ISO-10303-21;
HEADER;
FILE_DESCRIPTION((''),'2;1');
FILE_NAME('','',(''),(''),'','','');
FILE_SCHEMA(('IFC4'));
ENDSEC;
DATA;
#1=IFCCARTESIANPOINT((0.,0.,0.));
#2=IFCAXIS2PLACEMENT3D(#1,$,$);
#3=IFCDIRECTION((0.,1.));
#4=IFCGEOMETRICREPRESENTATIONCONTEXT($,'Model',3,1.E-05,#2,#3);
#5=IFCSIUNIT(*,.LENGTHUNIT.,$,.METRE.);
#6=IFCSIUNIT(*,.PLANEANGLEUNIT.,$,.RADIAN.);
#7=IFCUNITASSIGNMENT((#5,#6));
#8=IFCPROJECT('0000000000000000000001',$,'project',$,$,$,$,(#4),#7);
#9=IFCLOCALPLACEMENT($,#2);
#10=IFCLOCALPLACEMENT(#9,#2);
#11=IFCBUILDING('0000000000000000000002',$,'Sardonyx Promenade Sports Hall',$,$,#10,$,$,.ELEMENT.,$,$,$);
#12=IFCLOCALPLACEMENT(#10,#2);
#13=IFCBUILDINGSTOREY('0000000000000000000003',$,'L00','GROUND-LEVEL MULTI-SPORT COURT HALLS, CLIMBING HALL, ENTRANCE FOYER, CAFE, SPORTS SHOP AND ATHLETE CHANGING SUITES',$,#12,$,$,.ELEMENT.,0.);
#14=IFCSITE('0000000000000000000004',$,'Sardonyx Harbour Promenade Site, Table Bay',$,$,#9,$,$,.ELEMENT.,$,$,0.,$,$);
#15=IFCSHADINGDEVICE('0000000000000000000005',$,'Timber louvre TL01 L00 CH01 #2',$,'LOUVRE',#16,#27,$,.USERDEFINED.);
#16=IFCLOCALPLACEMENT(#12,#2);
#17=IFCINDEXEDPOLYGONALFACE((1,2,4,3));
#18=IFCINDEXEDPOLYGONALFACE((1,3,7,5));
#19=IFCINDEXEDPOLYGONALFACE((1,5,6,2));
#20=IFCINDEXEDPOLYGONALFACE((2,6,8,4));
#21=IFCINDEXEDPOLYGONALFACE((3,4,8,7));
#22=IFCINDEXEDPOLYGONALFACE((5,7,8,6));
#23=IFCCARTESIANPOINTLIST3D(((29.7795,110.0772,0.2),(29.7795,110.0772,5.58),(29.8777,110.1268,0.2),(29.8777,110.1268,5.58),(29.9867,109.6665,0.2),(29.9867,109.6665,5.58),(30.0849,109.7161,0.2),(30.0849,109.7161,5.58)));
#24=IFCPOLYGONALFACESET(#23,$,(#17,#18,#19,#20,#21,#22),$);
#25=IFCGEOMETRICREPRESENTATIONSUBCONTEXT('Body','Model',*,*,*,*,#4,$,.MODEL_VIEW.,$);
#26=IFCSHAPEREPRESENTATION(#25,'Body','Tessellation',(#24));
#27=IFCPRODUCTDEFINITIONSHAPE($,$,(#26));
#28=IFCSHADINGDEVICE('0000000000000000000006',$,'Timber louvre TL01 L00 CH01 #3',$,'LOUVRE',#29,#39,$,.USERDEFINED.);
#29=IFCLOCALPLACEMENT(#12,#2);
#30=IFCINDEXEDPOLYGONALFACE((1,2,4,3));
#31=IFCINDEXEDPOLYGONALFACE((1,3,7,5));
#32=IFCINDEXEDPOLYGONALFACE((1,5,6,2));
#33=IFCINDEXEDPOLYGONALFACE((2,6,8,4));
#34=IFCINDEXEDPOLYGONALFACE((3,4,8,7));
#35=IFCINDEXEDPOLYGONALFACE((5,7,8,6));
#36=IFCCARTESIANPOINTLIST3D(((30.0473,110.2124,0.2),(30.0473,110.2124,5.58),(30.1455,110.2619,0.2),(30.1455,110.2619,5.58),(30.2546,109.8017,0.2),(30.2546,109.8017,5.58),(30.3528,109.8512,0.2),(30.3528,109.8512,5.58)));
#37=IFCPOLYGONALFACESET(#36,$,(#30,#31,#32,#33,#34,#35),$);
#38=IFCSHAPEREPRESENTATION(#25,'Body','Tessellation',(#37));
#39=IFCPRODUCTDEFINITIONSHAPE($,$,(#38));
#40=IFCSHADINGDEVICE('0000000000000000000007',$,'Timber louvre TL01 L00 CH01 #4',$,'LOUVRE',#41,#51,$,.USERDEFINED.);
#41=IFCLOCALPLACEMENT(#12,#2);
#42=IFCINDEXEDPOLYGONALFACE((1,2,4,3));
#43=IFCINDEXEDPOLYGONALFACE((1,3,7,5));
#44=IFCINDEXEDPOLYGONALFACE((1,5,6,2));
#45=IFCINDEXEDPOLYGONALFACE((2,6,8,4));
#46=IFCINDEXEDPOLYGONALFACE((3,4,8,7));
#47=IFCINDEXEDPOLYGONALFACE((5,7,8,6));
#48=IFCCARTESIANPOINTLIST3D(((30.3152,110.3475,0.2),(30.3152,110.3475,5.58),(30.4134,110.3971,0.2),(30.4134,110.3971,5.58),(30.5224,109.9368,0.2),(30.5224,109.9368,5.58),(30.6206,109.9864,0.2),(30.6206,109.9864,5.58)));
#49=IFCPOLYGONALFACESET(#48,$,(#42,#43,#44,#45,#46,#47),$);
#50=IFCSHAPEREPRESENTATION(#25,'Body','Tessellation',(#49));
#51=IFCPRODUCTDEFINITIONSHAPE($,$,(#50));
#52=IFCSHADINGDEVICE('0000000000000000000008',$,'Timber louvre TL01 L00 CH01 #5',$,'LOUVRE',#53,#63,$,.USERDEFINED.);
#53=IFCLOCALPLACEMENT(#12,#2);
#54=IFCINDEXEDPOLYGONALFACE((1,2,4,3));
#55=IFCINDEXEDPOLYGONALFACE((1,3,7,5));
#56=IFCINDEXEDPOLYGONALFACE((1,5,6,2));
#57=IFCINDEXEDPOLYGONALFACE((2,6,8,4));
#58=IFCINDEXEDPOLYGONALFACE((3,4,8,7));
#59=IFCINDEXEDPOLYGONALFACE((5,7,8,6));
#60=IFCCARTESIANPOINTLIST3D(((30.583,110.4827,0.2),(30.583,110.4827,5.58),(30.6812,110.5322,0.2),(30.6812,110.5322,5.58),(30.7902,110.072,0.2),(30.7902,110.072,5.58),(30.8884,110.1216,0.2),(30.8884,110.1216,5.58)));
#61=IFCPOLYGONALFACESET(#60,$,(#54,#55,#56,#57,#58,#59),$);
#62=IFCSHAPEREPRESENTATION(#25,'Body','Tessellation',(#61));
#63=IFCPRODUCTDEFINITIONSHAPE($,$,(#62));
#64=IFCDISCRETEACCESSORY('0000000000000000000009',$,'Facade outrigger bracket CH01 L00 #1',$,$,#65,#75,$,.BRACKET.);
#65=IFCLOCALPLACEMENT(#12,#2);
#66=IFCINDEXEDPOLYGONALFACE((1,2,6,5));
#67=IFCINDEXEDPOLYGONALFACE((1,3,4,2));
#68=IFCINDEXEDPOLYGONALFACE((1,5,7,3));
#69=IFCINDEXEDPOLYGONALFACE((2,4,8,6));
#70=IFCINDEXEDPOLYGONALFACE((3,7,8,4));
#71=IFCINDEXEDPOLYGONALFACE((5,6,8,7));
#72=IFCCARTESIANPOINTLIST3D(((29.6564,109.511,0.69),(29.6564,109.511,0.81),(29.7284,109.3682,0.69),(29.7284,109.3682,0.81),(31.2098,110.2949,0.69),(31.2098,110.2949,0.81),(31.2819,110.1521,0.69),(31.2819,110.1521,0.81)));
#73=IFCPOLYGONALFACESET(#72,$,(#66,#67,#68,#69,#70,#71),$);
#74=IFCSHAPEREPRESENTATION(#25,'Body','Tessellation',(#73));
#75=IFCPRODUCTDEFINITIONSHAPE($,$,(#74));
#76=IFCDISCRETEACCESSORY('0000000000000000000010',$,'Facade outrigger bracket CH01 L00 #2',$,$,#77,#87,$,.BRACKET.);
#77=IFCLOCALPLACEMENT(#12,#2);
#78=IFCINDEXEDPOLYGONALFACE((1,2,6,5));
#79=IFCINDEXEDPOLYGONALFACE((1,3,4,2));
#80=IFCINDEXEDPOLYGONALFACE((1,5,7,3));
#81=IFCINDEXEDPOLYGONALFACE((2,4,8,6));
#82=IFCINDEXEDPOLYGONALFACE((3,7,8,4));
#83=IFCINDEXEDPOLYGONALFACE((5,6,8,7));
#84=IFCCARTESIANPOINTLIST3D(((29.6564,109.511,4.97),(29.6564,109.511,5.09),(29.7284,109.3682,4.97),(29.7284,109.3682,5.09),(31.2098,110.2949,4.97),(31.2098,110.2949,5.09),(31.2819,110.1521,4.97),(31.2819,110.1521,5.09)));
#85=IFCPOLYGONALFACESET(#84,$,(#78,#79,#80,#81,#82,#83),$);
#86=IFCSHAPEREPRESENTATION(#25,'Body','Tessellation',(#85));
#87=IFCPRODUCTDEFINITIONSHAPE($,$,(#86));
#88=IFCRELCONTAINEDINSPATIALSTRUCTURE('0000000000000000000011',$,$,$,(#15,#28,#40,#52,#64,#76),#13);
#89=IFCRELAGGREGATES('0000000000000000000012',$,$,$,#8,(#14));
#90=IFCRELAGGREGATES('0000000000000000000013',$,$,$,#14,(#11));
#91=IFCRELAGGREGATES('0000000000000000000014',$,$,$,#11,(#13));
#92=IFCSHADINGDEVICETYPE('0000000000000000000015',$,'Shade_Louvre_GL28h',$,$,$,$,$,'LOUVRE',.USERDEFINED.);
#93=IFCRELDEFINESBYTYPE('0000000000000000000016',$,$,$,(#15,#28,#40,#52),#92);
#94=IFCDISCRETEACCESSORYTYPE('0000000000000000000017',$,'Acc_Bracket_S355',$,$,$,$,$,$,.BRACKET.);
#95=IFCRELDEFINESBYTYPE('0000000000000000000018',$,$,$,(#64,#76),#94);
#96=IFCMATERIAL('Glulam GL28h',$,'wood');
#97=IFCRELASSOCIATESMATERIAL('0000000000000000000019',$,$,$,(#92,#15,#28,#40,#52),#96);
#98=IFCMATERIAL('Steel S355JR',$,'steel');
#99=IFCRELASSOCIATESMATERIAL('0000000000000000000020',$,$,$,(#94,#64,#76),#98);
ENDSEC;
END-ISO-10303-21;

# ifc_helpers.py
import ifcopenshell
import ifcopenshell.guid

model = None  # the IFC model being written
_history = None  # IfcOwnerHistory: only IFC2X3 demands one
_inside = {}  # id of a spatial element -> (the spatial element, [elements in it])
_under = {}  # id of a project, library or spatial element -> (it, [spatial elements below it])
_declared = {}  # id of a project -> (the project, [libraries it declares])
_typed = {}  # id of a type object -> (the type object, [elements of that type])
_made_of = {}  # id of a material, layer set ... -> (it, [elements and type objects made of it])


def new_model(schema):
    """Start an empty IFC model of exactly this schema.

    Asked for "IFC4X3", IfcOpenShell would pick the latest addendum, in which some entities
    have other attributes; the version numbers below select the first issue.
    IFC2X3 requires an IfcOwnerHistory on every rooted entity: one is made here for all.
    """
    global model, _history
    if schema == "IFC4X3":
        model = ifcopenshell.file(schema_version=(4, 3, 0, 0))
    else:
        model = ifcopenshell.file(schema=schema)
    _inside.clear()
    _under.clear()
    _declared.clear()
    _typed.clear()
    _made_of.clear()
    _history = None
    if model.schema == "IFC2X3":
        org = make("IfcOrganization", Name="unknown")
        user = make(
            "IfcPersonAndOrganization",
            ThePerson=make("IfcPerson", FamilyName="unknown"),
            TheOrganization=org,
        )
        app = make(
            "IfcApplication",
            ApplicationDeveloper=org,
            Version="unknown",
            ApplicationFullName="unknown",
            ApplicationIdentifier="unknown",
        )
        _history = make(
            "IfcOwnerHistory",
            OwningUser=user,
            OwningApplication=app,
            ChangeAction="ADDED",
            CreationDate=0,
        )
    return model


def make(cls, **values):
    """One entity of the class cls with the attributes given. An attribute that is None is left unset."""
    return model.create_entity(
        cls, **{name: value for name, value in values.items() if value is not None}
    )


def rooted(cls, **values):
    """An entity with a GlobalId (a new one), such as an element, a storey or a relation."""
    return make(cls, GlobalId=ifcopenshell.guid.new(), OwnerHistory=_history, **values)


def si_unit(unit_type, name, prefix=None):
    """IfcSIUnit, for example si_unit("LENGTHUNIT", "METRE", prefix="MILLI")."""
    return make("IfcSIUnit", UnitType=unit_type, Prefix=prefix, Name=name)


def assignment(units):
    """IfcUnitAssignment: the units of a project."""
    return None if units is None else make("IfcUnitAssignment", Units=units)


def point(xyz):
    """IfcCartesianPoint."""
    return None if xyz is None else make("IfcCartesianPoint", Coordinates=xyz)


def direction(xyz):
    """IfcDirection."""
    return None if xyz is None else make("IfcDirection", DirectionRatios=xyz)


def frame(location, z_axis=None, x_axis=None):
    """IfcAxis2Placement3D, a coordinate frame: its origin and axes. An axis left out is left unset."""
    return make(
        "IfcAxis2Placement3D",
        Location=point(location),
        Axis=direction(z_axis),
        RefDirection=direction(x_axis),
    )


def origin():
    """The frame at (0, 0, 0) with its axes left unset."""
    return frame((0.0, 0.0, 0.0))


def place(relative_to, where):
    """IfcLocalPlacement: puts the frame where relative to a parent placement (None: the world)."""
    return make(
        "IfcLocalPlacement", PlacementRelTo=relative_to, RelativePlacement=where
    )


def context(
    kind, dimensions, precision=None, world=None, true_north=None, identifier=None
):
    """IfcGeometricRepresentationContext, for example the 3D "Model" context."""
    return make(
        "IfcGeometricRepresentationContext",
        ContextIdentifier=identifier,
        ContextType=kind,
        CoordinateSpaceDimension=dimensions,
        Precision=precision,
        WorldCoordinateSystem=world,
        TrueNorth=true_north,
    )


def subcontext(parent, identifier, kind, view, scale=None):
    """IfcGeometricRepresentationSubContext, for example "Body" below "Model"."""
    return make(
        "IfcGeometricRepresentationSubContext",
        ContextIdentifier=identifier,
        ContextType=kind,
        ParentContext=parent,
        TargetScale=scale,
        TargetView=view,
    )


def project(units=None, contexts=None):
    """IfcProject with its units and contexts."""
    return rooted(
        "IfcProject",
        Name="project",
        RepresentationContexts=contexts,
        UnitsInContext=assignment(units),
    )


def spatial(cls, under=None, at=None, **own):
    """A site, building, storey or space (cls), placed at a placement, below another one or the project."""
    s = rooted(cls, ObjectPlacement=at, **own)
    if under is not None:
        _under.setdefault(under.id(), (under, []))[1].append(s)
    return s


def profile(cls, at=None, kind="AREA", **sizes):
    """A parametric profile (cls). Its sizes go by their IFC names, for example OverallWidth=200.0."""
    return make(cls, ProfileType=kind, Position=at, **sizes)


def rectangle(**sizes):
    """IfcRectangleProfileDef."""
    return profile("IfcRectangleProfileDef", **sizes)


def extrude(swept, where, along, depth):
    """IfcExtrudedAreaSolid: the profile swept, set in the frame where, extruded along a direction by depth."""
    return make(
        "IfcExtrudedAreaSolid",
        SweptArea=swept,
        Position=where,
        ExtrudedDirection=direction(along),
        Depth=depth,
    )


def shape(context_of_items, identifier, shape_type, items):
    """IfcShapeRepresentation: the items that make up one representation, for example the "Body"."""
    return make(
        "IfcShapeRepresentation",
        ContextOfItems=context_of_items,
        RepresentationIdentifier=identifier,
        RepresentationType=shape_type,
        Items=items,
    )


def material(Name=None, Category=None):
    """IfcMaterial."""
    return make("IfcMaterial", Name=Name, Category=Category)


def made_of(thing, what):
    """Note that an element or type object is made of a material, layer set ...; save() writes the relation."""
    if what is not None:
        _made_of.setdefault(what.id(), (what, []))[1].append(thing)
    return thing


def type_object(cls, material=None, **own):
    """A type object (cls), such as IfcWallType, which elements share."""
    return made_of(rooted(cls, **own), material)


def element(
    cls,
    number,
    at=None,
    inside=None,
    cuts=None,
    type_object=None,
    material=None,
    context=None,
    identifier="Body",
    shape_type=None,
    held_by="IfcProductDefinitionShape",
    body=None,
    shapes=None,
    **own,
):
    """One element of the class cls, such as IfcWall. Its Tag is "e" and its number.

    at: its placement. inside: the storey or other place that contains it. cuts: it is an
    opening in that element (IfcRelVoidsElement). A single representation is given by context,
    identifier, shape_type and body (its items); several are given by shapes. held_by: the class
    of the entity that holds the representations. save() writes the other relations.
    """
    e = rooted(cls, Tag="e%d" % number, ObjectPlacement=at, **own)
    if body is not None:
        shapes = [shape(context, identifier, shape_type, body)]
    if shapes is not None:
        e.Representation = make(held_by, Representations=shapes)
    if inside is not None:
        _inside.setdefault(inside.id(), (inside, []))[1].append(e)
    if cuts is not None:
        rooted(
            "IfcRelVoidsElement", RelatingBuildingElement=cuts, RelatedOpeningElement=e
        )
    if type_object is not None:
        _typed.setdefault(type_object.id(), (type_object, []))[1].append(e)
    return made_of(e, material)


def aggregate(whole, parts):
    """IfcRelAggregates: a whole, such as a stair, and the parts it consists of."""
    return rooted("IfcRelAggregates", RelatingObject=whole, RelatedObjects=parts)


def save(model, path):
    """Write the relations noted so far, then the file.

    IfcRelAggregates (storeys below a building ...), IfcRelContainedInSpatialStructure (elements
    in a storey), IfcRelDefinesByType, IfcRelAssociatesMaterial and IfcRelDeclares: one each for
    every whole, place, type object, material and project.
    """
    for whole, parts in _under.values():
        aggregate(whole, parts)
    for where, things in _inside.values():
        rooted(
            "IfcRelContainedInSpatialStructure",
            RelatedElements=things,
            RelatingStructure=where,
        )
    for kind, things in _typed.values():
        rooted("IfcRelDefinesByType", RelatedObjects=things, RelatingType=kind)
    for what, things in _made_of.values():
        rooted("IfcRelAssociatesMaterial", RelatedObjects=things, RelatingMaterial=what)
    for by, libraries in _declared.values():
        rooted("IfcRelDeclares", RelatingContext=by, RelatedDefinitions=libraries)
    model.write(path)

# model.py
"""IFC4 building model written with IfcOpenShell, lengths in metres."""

from ifc_helpers import new_model, si_unit, direction, frame, origin, place, context, subcontext, project, spatial, rectangle, extrude, material, type_object, element, save


model = new_model("IFC4")

# Units and contexts
model_context = context("Model", 3, precision=1e-05, world=origin(), true_north=direction((0.0, 1.0)))
body_context = subcontext(model_context, "Body", "Model", "MODEL_VIEW")
ifc_project = project(units=[si_unit("LENGTHUNIT", "METRE"), si_unit("PLANEANGLEUNIT", "RADIAN")], contexts=[model_context])

# Site, building, storey
site_placement = place(None, origin())
site = spatial("IfcSite", under=ifc_project, at=site_placement, Name="Sardonyx Harbour Promenade Site, Table Bay", CompositionType="ELEMENT", RefElevation=0.0)
building_placement = place(site_placement, origin())
building = spatial("IfcBuilding", under=site, at=building_placement, Name="Sardonyx Promenade Sports Hall", CompositionType="ELEMENT")
storey_placement = place(building_placement, origin())
storey = spatial("IfcBuildingStorey", under=building, at=storey_placement, Name="L00", Description="GROUND-LEVEL MULTI-SPORT COURT HALLS, CLIMBING HALL, ENTRANCE FOYER, CAFE, SPORTS SHOP AND ATHLETE CHANGING SUITES", CompositionType="ELEMENT", Elevation=0.0)

# Shading devices
ifc_material_1 = material(Name="Glulam GL28h", Category="wood")
shading_device_type = type_object("IfcShadingDeviceType", Name="Shade_Louvre_GL28h", ElementType="LOUVRE", PredefinedType="USERDEFINED", material=ifc_material_1)
for number, where, z_axis, x_axis, name in (
    (1, (29.9322, 109.8967, 0.2), (0.0, 0.0, 1.0), (0.892774, 0.450505, 0.0), "Timber louvre TL01 L00 CH01 #2"),
    (2, (30.2001, 110.0318, 0.2), (0.0, 0.0, 1.0), (0.892774, 0.450505, 0.0), "Timber louvre TL01 L00 CH01 #3"),
    (3, (30.4679, 110.167, 0.2), (0.0, 0.0, 1.0), (0.892774, 0.450505, 0.0), "Timber louvre TL01 L00 CH01 #4"),
    (4, (30.7357, 110.3021, 0.2), (0.0, 0.0, 1.0), (0.892774, 0.450505, 0.0), "Timber louvre TL01 L00 CH01 #5"),
):
    element("IfcShadingDevice", number, at=place(storey_placement, frame(where, z_axis=z_axis, x_axis=x_axis)), inside=storey, type_object=shading_device_type, material=ifc_material_1, Name=name, ObjectType="LOUVRE", PredefinedType="USERDEFINED", context=body_context, shape_type="SweptSolid", body=[
        extrude(rectangle(XDim=0.11, YDim=0.46), origin(), (0.0, 0.0, 1.0), 5.38),
    ])

# Discrete accessories
ifc_material_2 = material(Name="Steel S355JR", Category="steel")
discrete_accessory_type = type_object("IfcDiscreteAccessoryType", Name="Acc_Bracket_S355", PredefinedType="BRACKET", material=ifc_material_2)
for number, where, z_axis, x_axis, name in (
    (5, (30.4691, 109.8316, 0.69), (0.0, 0.0, 1.0), (0.892774, 0.450505, 0.0), "Facade outrigger bracket CH01 L00 #1"),
    (6, (30.4691, 109.8316, 4.97), (0.0, 0.0, 1.0), (0.892774, 0.450505, 0.0), "Facade outrigger bracket CH01 L00 #2"),
):
    element("IfcDiscreteAccessory", number, at=place(storey_placement, frame(where, z_axis=z_axis, x_axis=x_axis)), inside=storey, type_object=discrete_accessory_type, material=ifc_material_2, Name=name, PredefinedType="BRACKET", context=body_context, shape_type="SweptSolid", body=[
        extrude(rectangle(XDim=1.74, YDim=0.16), origin(), (0.0, 0.0, 1.0), 0.12),
    ])

save(model, "model.ifc")
